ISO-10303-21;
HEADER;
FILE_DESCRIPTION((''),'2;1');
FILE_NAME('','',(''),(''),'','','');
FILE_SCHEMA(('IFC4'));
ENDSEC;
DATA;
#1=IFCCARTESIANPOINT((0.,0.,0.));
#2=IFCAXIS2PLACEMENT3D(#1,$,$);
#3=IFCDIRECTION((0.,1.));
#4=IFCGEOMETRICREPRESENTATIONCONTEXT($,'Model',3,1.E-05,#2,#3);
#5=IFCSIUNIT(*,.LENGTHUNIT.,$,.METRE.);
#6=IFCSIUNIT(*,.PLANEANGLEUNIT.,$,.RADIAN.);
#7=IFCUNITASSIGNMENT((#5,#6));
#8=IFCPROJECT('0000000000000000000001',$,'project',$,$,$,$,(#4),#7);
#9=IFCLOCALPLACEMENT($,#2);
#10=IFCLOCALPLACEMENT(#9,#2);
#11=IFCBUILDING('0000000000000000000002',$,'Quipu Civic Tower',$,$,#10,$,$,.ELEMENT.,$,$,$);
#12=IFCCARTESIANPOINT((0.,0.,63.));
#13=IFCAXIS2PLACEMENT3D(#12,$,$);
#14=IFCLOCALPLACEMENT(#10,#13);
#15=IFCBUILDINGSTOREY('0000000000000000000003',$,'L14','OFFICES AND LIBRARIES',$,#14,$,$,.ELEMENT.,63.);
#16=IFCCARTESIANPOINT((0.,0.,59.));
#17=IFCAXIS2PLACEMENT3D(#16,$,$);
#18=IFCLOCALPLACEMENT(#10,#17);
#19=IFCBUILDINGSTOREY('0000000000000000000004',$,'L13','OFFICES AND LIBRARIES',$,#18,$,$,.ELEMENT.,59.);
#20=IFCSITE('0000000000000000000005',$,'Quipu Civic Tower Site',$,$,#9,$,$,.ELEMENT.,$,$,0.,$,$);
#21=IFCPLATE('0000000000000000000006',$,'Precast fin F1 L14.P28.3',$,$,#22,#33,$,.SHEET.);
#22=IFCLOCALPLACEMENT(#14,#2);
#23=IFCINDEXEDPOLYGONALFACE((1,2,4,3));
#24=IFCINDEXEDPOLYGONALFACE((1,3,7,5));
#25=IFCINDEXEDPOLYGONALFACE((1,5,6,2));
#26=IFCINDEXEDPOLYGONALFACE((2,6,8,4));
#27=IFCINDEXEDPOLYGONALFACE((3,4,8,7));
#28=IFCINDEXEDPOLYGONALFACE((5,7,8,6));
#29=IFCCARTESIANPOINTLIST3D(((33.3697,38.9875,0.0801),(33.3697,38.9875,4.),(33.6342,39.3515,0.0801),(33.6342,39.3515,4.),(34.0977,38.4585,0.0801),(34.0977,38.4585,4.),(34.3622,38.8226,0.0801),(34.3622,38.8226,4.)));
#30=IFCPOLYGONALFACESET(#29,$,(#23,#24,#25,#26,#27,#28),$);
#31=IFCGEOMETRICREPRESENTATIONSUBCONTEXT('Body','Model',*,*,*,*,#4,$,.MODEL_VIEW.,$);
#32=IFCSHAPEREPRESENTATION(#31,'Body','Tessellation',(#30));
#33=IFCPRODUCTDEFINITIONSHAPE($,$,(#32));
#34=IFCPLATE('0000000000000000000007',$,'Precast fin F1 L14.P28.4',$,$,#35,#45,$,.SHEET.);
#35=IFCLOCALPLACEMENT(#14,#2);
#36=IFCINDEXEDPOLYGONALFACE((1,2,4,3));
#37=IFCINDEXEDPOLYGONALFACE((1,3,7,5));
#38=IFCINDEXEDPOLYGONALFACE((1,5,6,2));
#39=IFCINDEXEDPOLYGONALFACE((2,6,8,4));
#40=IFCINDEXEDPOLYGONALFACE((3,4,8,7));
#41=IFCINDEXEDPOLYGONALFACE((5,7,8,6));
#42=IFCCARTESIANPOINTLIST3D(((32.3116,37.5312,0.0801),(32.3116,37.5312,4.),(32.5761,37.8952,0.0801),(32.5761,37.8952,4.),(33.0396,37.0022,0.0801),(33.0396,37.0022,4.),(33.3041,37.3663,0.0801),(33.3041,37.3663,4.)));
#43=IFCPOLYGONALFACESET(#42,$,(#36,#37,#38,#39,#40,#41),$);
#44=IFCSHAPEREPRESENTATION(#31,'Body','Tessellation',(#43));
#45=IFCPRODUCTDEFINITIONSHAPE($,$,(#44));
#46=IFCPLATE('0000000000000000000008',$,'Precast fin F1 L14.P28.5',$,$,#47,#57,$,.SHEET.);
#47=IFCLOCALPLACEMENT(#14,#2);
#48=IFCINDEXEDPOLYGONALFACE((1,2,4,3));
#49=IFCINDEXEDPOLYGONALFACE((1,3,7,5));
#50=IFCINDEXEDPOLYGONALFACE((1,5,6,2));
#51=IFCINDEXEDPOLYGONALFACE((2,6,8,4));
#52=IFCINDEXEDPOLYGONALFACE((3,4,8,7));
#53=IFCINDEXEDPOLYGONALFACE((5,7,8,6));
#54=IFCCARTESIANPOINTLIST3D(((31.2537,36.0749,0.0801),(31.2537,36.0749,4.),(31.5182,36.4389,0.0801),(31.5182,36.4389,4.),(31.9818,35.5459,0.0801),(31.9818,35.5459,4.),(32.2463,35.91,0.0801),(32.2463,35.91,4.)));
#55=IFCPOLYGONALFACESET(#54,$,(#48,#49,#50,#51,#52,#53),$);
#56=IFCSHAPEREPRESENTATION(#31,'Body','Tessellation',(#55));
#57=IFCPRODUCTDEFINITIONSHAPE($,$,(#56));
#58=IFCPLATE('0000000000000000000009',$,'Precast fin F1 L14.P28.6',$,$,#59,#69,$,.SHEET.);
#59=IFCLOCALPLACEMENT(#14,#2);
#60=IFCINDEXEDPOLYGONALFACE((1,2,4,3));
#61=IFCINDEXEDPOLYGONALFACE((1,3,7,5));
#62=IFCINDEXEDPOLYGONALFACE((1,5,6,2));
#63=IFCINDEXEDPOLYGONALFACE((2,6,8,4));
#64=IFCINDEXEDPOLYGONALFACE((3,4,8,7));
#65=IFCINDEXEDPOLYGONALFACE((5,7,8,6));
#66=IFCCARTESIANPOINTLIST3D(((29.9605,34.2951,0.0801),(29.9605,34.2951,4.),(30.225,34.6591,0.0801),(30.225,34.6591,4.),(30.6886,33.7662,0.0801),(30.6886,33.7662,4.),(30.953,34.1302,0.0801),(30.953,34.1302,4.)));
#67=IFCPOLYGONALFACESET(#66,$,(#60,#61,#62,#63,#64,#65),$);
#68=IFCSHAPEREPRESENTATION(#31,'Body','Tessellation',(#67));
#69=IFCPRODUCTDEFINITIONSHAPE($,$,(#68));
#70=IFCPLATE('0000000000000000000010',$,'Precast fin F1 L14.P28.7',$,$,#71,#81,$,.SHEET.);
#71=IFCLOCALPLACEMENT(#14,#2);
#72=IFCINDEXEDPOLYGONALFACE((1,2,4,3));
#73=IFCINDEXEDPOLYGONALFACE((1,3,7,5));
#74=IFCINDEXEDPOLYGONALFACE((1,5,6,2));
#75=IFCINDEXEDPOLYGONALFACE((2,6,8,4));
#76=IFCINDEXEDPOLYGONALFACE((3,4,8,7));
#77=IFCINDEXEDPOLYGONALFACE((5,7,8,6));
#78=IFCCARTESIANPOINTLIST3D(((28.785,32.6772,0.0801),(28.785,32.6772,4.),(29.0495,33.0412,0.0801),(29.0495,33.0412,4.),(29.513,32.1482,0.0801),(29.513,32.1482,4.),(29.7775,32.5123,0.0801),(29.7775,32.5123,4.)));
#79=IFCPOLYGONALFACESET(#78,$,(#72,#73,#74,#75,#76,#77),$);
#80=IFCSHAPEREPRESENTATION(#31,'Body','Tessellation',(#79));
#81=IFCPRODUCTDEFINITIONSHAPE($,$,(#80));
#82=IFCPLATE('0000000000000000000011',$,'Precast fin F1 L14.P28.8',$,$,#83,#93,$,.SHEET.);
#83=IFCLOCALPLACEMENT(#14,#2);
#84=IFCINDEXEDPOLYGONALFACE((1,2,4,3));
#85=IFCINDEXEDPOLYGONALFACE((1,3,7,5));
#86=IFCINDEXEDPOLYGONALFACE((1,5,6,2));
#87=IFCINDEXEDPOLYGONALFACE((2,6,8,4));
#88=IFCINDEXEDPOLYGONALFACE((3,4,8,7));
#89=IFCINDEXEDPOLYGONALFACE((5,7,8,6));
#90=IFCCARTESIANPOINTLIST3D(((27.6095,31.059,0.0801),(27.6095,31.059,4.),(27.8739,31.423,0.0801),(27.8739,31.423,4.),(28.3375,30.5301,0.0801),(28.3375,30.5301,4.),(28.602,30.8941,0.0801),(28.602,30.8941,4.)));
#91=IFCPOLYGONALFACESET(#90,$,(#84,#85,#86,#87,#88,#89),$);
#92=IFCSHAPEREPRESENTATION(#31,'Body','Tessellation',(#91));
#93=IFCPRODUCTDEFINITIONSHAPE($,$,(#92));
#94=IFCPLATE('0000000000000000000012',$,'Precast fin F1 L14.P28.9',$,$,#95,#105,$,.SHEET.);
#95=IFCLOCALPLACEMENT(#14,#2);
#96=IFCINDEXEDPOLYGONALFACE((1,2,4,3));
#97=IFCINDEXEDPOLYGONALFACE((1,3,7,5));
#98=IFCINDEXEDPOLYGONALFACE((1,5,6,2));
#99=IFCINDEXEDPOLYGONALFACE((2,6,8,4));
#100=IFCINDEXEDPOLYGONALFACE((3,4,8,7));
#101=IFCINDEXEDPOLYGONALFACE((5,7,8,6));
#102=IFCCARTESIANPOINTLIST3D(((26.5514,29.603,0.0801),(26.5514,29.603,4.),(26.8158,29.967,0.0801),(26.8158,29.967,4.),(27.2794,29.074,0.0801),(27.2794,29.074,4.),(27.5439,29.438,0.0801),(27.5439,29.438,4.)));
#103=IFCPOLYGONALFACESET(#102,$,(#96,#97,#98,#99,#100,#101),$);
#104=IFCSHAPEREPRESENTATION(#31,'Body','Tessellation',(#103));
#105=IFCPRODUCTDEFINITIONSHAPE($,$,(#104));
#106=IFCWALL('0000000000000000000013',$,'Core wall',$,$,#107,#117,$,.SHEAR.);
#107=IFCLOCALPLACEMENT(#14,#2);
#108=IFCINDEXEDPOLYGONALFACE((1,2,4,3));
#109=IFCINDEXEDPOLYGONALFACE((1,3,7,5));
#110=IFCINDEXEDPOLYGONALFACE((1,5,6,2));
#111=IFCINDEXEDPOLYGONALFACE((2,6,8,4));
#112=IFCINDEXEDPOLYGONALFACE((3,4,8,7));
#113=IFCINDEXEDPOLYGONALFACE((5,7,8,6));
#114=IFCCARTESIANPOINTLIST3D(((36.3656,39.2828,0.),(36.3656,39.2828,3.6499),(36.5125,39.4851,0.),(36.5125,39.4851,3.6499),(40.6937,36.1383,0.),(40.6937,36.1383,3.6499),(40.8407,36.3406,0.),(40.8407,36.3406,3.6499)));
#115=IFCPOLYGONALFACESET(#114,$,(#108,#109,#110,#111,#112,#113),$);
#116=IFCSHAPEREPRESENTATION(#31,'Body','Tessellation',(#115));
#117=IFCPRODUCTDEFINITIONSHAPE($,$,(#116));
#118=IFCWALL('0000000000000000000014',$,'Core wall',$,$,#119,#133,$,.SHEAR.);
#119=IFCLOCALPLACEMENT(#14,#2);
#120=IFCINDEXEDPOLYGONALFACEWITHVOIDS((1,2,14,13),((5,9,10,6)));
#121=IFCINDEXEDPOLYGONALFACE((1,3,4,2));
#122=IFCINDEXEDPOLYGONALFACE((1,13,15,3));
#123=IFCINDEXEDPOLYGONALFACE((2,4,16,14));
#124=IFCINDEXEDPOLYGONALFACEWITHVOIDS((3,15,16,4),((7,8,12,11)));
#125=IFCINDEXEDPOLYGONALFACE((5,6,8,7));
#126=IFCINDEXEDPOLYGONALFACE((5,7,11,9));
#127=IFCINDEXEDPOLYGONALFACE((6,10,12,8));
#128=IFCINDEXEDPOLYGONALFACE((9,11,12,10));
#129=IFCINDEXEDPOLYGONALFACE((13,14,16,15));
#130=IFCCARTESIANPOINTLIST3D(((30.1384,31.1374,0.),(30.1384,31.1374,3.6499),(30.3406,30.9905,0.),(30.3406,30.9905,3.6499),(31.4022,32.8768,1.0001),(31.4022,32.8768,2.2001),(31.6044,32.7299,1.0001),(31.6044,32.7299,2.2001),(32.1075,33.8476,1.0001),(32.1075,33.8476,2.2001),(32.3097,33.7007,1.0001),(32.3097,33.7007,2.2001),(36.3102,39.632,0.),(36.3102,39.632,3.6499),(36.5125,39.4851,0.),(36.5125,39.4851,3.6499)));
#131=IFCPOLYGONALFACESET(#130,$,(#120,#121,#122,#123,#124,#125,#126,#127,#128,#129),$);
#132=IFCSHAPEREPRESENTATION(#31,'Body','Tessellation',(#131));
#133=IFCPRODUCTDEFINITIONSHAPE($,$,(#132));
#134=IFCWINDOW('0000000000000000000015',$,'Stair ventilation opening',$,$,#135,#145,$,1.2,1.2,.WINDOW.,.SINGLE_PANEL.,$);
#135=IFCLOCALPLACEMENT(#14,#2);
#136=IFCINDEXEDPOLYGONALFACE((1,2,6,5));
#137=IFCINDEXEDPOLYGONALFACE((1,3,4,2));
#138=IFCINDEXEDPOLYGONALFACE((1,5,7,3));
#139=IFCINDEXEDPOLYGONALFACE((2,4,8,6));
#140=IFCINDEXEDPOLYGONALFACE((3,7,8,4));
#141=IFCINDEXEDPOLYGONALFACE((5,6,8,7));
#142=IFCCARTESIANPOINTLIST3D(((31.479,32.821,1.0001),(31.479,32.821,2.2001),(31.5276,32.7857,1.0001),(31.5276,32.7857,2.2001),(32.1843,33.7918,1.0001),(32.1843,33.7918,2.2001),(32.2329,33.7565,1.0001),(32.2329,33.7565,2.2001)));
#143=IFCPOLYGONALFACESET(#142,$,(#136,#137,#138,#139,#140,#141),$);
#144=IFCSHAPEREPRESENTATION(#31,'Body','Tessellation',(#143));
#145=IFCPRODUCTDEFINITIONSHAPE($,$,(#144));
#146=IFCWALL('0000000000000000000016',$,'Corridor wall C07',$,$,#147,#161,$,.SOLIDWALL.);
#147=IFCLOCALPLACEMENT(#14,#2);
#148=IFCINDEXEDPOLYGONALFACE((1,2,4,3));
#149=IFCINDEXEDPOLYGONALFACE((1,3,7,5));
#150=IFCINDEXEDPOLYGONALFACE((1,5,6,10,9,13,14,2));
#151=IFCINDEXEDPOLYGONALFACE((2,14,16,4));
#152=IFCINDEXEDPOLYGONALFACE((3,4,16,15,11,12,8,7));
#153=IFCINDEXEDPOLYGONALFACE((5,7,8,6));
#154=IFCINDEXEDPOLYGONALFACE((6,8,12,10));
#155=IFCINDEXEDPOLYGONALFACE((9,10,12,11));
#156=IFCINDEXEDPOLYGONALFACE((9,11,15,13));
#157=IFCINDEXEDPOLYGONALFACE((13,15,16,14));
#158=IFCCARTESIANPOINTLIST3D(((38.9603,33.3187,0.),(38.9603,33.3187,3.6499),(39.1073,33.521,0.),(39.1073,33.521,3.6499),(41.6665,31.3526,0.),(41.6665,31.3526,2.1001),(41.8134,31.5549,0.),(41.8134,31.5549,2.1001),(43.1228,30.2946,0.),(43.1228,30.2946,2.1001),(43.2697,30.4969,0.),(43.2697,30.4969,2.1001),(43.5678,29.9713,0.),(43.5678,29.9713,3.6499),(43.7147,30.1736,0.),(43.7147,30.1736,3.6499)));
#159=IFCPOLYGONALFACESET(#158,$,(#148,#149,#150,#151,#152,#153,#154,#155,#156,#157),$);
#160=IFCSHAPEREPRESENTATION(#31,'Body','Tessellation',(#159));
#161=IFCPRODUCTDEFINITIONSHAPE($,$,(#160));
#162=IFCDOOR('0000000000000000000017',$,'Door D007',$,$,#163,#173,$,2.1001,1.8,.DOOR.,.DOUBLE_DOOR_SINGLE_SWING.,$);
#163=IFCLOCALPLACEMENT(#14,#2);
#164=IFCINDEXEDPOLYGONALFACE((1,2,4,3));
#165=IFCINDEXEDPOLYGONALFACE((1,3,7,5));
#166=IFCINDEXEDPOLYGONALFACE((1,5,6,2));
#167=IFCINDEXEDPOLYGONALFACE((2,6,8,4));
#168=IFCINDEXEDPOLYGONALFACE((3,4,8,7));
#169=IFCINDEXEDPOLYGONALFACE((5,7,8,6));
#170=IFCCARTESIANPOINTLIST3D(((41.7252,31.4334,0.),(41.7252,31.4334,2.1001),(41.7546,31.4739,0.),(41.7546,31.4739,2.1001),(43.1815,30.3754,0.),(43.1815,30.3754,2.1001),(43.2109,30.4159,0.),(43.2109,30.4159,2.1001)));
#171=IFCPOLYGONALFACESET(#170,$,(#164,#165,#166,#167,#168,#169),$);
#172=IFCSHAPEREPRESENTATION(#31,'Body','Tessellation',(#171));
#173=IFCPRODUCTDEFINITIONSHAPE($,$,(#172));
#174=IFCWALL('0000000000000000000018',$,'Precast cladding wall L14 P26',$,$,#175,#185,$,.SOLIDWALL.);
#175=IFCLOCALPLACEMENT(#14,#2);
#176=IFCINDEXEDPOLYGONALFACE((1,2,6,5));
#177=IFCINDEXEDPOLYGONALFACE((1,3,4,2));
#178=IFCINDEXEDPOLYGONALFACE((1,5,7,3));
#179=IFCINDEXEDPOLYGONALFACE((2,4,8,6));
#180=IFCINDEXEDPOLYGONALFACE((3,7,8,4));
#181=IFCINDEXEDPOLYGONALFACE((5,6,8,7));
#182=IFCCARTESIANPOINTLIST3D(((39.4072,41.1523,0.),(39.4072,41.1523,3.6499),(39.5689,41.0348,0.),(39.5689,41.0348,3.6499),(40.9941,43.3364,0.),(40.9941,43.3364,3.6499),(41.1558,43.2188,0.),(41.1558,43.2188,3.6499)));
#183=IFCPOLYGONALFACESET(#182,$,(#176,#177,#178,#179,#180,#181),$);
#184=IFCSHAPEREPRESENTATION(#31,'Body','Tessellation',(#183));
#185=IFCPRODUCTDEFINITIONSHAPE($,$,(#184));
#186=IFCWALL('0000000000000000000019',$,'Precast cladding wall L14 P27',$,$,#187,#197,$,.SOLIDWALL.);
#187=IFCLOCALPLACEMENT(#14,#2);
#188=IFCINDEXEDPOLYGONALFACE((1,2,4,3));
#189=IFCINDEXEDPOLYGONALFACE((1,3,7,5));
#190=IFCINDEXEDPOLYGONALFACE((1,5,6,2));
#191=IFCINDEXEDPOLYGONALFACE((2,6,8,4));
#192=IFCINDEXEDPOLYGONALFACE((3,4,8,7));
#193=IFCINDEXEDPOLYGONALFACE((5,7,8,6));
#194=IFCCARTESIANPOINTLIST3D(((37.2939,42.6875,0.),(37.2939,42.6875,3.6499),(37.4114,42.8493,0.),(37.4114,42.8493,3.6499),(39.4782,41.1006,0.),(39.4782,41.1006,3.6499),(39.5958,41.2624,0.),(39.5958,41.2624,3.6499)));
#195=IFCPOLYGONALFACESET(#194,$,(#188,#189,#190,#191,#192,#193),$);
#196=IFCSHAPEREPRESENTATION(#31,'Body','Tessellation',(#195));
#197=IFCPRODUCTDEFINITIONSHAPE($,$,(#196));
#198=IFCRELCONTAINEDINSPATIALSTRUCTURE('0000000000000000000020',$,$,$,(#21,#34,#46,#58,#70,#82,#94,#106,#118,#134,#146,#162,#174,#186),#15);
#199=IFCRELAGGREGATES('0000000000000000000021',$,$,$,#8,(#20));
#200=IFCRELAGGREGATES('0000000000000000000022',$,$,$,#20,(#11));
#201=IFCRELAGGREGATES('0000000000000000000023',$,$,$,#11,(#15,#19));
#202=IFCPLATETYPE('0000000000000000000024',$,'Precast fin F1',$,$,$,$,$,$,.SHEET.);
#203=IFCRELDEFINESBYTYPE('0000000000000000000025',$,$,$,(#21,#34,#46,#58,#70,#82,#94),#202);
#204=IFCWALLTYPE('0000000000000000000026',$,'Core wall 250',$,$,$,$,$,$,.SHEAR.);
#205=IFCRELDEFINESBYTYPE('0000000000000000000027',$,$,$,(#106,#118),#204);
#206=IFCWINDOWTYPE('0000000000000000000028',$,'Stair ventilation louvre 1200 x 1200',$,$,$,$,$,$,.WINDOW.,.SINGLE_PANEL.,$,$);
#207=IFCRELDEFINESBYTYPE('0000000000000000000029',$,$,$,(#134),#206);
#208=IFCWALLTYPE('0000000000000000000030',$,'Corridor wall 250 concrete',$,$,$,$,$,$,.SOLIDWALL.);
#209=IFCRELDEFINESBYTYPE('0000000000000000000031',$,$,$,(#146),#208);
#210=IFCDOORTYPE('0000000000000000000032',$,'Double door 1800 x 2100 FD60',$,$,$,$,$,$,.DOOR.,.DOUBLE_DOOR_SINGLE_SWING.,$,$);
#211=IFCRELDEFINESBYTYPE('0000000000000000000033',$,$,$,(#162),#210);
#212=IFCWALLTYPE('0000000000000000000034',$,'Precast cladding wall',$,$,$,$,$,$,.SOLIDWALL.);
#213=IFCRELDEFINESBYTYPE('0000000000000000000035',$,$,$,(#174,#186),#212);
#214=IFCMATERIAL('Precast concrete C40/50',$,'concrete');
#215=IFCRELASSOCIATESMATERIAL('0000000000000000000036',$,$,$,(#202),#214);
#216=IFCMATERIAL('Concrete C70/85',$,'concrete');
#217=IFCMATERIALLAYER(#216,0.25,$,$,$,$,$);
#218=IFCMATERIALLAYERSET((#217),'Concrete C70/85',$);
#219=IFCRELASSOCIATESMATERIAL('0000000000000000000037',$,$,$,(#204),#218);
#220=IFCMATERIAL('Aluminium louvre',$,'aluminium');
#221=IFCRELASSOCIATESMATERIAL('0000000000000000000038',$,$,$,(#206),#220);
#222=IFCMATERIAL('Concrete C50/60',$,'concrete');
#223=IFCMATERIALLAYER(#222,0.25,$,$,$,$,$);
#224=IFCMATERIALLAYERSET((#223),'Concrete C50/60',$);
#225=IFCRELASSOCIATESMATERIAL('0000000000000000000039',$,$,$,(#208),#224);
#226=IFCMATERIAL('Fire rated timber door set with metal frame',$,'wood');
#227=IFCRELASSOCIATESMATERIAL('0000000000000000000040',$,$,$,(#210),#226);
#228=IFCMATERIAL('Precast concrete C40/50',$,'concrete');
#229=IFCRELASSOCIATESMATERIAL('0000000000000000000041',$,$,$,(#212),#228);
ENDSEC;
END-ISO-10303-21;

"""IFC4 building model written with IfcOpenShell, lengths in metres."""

from ifc_helpers import new_model, si_unit, direction, frame, frame_2d, origin, origin_2d, place, context, subcontext, project, spatial, rectangle, extrude, material, layer, layer_set, type_object, element, fill, save


model = new_model("IFC4")

# Units and contexts
model_context = context("Model", 3, precision=1e-05, world=origin(), true_north=direction((0.0, 1.0)))
body_context = subcontext(model_context, "Body", "Model", "MODEL_VIEW")
ifc_project = project(units=[si_unit("LENGTHUNIT", "METRE"), si_unit("PLANEANGLEUNIT", "RADIAN")], contexts=[model_context])

# Site, building, storey
site_placement = place(None, origin())
site = spatial("IfcSite", under=ifc_project, at=site_placement, Name="Quipu Civic Tower Site", CompositionType="ELEMENT", RefElevation=0.0)
building_placement = place(site_placement, origin())
building = spatial("IfcBuilding", under=site, at=building_placement, Name="Quipu Civic Tower", CompositionType="ELEMENT")
storey_1_placement = place(building_placement, frame((0.0, 0.0, 63.0)))
storey_1 = spatial("IfcBuildingStorey", under=building, at=storey_1_placement, Name="L14", Description="OFFICES AND LIBRARIES", CompositionType="ELEMENT", Elevation=63.0)

# Shared definitions
storey_2_placement = place(building_placement, frame((0.0, 0.0, 59.0)))
storey_2 = spatial("IfcBuildingStorey", under=building, at=storey_2_placement, Name="L13", Description="OFFICES AND LIBRARIES", CompositionType="ELEMENT", Elevation=59.0)

# Plates
ifc_material_1 = material(Name="Precast concrete C40/50", Category="concrete")
plate_type_1 = type_object("IfcPlateType", Name="Precast fin F1", PredefinedType="SHEET", material=ifc_material_1)
for number, where, z_axis, x_axis, name in (
    (1, (33.866, 38.905, 0.0801), (0.0, 0.0, 1.0), (-0.587785, -0.809017, 0.0), "Precast fin F1 L14.P28.3"),
    (2, (32.8079, 37.4487, 0.0801), (0.0, 0.0, 1.0), (-0.587785, -0.809017, 0.0), "Precast fin F1 L14.P28.4"),
    (3, (31.75, 35.9924, 0.0801), (0.0, 0.0, 1.0), (-0.587785, -0.809017, 0.0), "Precast fin F1 L14.P28.5"),
    (4, (30.4568, 34.2126, 0.0801), (0.0, 0.0, 1.0), (-0.587785, -0.809017, 0.0), "Precast fin F1 L14.P28.6"),
    (5, (29.2812, 32.5947, 0.0801), (0.0, 0.0, 1.0), (-0.587785, -0.809017, 0.0), "Precast fin F1 L14.P28.7"),
    (6, (28.1057, 30.9766, 0.0801), (0.0, 0.0, 1.0), (-0.587785, -0.809017, 0.0), "Precast fin F1 L14.P28.8"),
    (7, (27.0476, 29.5205, 0.0801), (0.0, 0.0, 1.0), (-0.587785, -0.809017, 0.0), "Precast fin F1 L14.P28.9"),
):
    element("IfcPlate", number, at=place(storey_1_placement, frame(where, z_axis=z_axis, x_axis=x_axis)), inside=storey_1, type_object=plate_type_1, Name=name, PredefinedType="SHEET", context=body_context, shape_type="SweptSolid", body=[
        extrude(rectangle(XDim=0.45, YDim=0.8999, at=origin_2d()), origin(), (0.0, 0.0, 1.0), 3.9199),
    ])

# Wall
ifc_material_2 = material(Name="Concrete C70/85", Category="concrete")
ifc_layer_1 = layer(ifc_material_2, 0.25)
ifc_layer_set_1 = layer_set([ifc_layer_1], Name="Concrete C70/85")
wall_type_1 = type_object("IfcWallType", Name="Core wall 250", PredefinedType="SHEAR", material=ifc_layer_set_1)
wall_1_placement = place(storey_1_placement, frame((40.7671, 36.2395, 0.0), z_axis=(0.0, 0.0, 1.0), x_axis=(-0.80902, 0.587781, 0.0)))
element("IfcWall", 8, at=wall_1_placement, inside=storey_1, type_object=wall_type_1, Name="Core wall", PredefinedType="SHEAR", context=body_context, shape_type="SweptSolid", body=[
    extrude(rectangle(XDim=5.3499, YDim=0.25, at=frame_2d((2.6748, 0.0))), origin(), (0.0, 0.0, 1.0), 3.6499),
])

# Wall, opening, window
wall_2_placement = place(storey_1_placement, frame((30.2395, 31.064, 0.0), z_axis=(0.0, 0.0, 1.0), x_axis=(0.587796, 0.809009, 0.0)))
wall_2 = element("IfcWall", 9, at=wall_2_placement, inside=storey_1, type_object=wall_type_1, Name="Core wall", PredefinedType="SHEAR", context=body_context, shape_type="SweptSolid", body=[
    extrude(rectangle(XDim=10.5, YDim=0.25, at=frame_2d((5.25, 0.0))), origin(), (0.0, 0.0, 1.0), 3.6499),
])
opening_1_placement = place(wall_2_placement, frame((2.1499, 0.0, 1.0)))
opening_1 = element("IfcOpeningElement", 10, at=opening_1_placement, cuts=wall_2, PredefinedType="OPENING", context=body_context, shape_type="SweptSolid", body=[
    extrude(rectangle(XDim=1.2, YDim=1.2, at=frame_2d((0.6001, 0.6001))), frame((0.0, 0.135, 0.0), z_axis=(0.0, -1.0, 0.0), x_axis=(1.0, 0.0, 0.0)), (0.0, 0.0, 1.0), 0.27),
])
ifc_material_3 = material(Name="Aluminium louvre", Category="aluminium")
window_type = type_object("IfcWindowType", Name="Stair ventilation louvre 1200 x 1200", PartitioningType="SINGLE_PANEL", PredefinedType="WINDOW", material=ifc_material_3)
window_placement = place(opening_1_placement, origin())
window = element("IfcWindow", 11, at=window_placement, inside=storey_1, type_object=window_type, Name="Stair ventilation opening", OverallHeight=1.2, OverallWidth=1.2, PartitioningType="SINGLE_PANEL", PredefinedType="WINDOW", context=body_context, shape_type="SweptSolid", body=[
    extrude(rectangle(XDim=1.2, YDim=1.2, at=frame_2d((0.6001, 0.6001))), frame((0.0, 0.03, 0.0), z_axis=(0.0, -1.0, 0.0), x_axis=(1.0, 0.0, 0.0)), (0.0, 0.0, 1.0), 0.0601),
])
fill(opening_1, window)

# Wall, opening, door
ifc_material_4 = material(Name="Concrete C50/60", Category="concrete")
ifc_layer_2 = layer(ifc_material_4, 0.25)
ifc_layer_set_2 = layer_set([ifc_layer_2], Name="Concrete C50/60")
wall_type_2 = type_object("IfcWallType", Name="Corridor wall 250 concrete", PredefinedType="SOLIDWALL", material=ifc_layer_set_2)
wall_3_placement = place(storey_1_placement, frame((39.0337, 33.4199, 0.0), z_axis=(0.0, 0.0, 1.0), x_axis=(0.809023, -0.587777, 0.0)))
wall_3 = element("IfcWall", 12, at=wall_3_placement, inside=storey_1, type_object=wall_type_2, Name="Corridor wall C07", PredefinedType="SOLIDWALL", context=body_context, shape_type="SweptSolid", body=[
    extrude(rectangle(XDim=5.6951, YDim=0.25, at=frame_2d((2.8477, 0.0))), origin(), (0.0, 0.0, 1.0), 3.6499),
])
opening_2_placement = place(wall_3_placement, frame((3.3452, 0.0, 0.0)))
opening_2 = element("IfcOpeningElement", 13, at=opening_2_placement, cuts=wall_3, PredefinedType="OPENING", context=body_context, shape_type="SweptSolid", body=[
    extrude(rectangle(XDim=1.8, YDim=2.1001, at=frame_2d((0.8999, 1.05))), frame((0.0, 0.135, 0.0), z_axis=(0.0, -1.0, 0.0), x_axis=(1.0, 0.0, 0.0)), (0.0, 0.0, 1.0), 0.27),
])
ifc_material_5 = material(Name="Fire rated timber door set with metal frame", Category="wood")
door_type = type_object("IfcDoorType", Name="Double door 1800 x 2100 FD60", OperationType="DOUBLE_DOOR_SINGLE_SWING", PredefinedType="DOOR", material=ifc_material_5)
door_placement = place(opening_2_placement, origin())
door = element("IfcDoor", 14, at=door_placement, inside=storey_1, type_object=door_type, Name="Door D007", OperationType="DOUBLE_DOOR_SINGLE_SWING", OverallHeight=2.1001, OverallWidth=1.8, PredefinedType="DOOR", context=body_context, shape_type="SweptSolid", body=[
    extrude(rectangle(XDim=1.8, YDim=2.1001, at=frame_2d((0.8999, 1.05))), frame((0.0, 0.0249, 0.0), z_axis=(0.0, -1.0, 0.0), x_axis=(1.0, 0.0, 0.0)), (0.0, 0.0, 1.0), 0.05),
])
fill(opening_2, door)

# Walls
ifc_material_6 = material(Name="Precast concrete C40/50", Category="concrete")
wall_type_3 = type_object("IfcWallType", Name="Precast cladding wall", PredefinedType="SOLIDWALL", material=ifc_material_6)
wall_4_placement = place(storey_1_placement, frame((41.075, 43.2776, 0.0), z_axis=(0.0, 0.0, 1.0), x_axis=(-0.587806, -0.809002, 0.0)))
element("IfcWall", 15, at=wall_4_placement, inside=storey_1, type_object=wall_type_3, Name="Precast cladding wall L14 P26", PredefinedType="SOLIDWALL", context=body_context, shape_type="SweptSolid", body=[
    extrude(rectangle(XDim=2.6997, YDim=0.2, at=frame_2d((1.3499, 0.0))), origin(), (0.0, 0.0, 1.0), 3.6499),
])
wall_5_placement = place(storey_1_placement, frame((39.5371, 41.1814, 0.0), z_axis=(0.0, 0.0, 1.0), x_axis=(-0.809033, 0.587763, 0.0)))
element("IfcWall", 16, at=wall_5_placement, inside=storey_1, type_object=wall_type_3, Name="Precast cladding wall L14 P27", PredefinedType="SOLIDWALL", context=body_context, shape_type="SweptSolid", body=[
    extrude(rectangle(XDim=2.7, YDim=0.2, at=frame_2d((1.3501, 0.0))), origin(), (0.0, 0.0, 1.0), 3.6499),
])

save(model, "model.ifc")
